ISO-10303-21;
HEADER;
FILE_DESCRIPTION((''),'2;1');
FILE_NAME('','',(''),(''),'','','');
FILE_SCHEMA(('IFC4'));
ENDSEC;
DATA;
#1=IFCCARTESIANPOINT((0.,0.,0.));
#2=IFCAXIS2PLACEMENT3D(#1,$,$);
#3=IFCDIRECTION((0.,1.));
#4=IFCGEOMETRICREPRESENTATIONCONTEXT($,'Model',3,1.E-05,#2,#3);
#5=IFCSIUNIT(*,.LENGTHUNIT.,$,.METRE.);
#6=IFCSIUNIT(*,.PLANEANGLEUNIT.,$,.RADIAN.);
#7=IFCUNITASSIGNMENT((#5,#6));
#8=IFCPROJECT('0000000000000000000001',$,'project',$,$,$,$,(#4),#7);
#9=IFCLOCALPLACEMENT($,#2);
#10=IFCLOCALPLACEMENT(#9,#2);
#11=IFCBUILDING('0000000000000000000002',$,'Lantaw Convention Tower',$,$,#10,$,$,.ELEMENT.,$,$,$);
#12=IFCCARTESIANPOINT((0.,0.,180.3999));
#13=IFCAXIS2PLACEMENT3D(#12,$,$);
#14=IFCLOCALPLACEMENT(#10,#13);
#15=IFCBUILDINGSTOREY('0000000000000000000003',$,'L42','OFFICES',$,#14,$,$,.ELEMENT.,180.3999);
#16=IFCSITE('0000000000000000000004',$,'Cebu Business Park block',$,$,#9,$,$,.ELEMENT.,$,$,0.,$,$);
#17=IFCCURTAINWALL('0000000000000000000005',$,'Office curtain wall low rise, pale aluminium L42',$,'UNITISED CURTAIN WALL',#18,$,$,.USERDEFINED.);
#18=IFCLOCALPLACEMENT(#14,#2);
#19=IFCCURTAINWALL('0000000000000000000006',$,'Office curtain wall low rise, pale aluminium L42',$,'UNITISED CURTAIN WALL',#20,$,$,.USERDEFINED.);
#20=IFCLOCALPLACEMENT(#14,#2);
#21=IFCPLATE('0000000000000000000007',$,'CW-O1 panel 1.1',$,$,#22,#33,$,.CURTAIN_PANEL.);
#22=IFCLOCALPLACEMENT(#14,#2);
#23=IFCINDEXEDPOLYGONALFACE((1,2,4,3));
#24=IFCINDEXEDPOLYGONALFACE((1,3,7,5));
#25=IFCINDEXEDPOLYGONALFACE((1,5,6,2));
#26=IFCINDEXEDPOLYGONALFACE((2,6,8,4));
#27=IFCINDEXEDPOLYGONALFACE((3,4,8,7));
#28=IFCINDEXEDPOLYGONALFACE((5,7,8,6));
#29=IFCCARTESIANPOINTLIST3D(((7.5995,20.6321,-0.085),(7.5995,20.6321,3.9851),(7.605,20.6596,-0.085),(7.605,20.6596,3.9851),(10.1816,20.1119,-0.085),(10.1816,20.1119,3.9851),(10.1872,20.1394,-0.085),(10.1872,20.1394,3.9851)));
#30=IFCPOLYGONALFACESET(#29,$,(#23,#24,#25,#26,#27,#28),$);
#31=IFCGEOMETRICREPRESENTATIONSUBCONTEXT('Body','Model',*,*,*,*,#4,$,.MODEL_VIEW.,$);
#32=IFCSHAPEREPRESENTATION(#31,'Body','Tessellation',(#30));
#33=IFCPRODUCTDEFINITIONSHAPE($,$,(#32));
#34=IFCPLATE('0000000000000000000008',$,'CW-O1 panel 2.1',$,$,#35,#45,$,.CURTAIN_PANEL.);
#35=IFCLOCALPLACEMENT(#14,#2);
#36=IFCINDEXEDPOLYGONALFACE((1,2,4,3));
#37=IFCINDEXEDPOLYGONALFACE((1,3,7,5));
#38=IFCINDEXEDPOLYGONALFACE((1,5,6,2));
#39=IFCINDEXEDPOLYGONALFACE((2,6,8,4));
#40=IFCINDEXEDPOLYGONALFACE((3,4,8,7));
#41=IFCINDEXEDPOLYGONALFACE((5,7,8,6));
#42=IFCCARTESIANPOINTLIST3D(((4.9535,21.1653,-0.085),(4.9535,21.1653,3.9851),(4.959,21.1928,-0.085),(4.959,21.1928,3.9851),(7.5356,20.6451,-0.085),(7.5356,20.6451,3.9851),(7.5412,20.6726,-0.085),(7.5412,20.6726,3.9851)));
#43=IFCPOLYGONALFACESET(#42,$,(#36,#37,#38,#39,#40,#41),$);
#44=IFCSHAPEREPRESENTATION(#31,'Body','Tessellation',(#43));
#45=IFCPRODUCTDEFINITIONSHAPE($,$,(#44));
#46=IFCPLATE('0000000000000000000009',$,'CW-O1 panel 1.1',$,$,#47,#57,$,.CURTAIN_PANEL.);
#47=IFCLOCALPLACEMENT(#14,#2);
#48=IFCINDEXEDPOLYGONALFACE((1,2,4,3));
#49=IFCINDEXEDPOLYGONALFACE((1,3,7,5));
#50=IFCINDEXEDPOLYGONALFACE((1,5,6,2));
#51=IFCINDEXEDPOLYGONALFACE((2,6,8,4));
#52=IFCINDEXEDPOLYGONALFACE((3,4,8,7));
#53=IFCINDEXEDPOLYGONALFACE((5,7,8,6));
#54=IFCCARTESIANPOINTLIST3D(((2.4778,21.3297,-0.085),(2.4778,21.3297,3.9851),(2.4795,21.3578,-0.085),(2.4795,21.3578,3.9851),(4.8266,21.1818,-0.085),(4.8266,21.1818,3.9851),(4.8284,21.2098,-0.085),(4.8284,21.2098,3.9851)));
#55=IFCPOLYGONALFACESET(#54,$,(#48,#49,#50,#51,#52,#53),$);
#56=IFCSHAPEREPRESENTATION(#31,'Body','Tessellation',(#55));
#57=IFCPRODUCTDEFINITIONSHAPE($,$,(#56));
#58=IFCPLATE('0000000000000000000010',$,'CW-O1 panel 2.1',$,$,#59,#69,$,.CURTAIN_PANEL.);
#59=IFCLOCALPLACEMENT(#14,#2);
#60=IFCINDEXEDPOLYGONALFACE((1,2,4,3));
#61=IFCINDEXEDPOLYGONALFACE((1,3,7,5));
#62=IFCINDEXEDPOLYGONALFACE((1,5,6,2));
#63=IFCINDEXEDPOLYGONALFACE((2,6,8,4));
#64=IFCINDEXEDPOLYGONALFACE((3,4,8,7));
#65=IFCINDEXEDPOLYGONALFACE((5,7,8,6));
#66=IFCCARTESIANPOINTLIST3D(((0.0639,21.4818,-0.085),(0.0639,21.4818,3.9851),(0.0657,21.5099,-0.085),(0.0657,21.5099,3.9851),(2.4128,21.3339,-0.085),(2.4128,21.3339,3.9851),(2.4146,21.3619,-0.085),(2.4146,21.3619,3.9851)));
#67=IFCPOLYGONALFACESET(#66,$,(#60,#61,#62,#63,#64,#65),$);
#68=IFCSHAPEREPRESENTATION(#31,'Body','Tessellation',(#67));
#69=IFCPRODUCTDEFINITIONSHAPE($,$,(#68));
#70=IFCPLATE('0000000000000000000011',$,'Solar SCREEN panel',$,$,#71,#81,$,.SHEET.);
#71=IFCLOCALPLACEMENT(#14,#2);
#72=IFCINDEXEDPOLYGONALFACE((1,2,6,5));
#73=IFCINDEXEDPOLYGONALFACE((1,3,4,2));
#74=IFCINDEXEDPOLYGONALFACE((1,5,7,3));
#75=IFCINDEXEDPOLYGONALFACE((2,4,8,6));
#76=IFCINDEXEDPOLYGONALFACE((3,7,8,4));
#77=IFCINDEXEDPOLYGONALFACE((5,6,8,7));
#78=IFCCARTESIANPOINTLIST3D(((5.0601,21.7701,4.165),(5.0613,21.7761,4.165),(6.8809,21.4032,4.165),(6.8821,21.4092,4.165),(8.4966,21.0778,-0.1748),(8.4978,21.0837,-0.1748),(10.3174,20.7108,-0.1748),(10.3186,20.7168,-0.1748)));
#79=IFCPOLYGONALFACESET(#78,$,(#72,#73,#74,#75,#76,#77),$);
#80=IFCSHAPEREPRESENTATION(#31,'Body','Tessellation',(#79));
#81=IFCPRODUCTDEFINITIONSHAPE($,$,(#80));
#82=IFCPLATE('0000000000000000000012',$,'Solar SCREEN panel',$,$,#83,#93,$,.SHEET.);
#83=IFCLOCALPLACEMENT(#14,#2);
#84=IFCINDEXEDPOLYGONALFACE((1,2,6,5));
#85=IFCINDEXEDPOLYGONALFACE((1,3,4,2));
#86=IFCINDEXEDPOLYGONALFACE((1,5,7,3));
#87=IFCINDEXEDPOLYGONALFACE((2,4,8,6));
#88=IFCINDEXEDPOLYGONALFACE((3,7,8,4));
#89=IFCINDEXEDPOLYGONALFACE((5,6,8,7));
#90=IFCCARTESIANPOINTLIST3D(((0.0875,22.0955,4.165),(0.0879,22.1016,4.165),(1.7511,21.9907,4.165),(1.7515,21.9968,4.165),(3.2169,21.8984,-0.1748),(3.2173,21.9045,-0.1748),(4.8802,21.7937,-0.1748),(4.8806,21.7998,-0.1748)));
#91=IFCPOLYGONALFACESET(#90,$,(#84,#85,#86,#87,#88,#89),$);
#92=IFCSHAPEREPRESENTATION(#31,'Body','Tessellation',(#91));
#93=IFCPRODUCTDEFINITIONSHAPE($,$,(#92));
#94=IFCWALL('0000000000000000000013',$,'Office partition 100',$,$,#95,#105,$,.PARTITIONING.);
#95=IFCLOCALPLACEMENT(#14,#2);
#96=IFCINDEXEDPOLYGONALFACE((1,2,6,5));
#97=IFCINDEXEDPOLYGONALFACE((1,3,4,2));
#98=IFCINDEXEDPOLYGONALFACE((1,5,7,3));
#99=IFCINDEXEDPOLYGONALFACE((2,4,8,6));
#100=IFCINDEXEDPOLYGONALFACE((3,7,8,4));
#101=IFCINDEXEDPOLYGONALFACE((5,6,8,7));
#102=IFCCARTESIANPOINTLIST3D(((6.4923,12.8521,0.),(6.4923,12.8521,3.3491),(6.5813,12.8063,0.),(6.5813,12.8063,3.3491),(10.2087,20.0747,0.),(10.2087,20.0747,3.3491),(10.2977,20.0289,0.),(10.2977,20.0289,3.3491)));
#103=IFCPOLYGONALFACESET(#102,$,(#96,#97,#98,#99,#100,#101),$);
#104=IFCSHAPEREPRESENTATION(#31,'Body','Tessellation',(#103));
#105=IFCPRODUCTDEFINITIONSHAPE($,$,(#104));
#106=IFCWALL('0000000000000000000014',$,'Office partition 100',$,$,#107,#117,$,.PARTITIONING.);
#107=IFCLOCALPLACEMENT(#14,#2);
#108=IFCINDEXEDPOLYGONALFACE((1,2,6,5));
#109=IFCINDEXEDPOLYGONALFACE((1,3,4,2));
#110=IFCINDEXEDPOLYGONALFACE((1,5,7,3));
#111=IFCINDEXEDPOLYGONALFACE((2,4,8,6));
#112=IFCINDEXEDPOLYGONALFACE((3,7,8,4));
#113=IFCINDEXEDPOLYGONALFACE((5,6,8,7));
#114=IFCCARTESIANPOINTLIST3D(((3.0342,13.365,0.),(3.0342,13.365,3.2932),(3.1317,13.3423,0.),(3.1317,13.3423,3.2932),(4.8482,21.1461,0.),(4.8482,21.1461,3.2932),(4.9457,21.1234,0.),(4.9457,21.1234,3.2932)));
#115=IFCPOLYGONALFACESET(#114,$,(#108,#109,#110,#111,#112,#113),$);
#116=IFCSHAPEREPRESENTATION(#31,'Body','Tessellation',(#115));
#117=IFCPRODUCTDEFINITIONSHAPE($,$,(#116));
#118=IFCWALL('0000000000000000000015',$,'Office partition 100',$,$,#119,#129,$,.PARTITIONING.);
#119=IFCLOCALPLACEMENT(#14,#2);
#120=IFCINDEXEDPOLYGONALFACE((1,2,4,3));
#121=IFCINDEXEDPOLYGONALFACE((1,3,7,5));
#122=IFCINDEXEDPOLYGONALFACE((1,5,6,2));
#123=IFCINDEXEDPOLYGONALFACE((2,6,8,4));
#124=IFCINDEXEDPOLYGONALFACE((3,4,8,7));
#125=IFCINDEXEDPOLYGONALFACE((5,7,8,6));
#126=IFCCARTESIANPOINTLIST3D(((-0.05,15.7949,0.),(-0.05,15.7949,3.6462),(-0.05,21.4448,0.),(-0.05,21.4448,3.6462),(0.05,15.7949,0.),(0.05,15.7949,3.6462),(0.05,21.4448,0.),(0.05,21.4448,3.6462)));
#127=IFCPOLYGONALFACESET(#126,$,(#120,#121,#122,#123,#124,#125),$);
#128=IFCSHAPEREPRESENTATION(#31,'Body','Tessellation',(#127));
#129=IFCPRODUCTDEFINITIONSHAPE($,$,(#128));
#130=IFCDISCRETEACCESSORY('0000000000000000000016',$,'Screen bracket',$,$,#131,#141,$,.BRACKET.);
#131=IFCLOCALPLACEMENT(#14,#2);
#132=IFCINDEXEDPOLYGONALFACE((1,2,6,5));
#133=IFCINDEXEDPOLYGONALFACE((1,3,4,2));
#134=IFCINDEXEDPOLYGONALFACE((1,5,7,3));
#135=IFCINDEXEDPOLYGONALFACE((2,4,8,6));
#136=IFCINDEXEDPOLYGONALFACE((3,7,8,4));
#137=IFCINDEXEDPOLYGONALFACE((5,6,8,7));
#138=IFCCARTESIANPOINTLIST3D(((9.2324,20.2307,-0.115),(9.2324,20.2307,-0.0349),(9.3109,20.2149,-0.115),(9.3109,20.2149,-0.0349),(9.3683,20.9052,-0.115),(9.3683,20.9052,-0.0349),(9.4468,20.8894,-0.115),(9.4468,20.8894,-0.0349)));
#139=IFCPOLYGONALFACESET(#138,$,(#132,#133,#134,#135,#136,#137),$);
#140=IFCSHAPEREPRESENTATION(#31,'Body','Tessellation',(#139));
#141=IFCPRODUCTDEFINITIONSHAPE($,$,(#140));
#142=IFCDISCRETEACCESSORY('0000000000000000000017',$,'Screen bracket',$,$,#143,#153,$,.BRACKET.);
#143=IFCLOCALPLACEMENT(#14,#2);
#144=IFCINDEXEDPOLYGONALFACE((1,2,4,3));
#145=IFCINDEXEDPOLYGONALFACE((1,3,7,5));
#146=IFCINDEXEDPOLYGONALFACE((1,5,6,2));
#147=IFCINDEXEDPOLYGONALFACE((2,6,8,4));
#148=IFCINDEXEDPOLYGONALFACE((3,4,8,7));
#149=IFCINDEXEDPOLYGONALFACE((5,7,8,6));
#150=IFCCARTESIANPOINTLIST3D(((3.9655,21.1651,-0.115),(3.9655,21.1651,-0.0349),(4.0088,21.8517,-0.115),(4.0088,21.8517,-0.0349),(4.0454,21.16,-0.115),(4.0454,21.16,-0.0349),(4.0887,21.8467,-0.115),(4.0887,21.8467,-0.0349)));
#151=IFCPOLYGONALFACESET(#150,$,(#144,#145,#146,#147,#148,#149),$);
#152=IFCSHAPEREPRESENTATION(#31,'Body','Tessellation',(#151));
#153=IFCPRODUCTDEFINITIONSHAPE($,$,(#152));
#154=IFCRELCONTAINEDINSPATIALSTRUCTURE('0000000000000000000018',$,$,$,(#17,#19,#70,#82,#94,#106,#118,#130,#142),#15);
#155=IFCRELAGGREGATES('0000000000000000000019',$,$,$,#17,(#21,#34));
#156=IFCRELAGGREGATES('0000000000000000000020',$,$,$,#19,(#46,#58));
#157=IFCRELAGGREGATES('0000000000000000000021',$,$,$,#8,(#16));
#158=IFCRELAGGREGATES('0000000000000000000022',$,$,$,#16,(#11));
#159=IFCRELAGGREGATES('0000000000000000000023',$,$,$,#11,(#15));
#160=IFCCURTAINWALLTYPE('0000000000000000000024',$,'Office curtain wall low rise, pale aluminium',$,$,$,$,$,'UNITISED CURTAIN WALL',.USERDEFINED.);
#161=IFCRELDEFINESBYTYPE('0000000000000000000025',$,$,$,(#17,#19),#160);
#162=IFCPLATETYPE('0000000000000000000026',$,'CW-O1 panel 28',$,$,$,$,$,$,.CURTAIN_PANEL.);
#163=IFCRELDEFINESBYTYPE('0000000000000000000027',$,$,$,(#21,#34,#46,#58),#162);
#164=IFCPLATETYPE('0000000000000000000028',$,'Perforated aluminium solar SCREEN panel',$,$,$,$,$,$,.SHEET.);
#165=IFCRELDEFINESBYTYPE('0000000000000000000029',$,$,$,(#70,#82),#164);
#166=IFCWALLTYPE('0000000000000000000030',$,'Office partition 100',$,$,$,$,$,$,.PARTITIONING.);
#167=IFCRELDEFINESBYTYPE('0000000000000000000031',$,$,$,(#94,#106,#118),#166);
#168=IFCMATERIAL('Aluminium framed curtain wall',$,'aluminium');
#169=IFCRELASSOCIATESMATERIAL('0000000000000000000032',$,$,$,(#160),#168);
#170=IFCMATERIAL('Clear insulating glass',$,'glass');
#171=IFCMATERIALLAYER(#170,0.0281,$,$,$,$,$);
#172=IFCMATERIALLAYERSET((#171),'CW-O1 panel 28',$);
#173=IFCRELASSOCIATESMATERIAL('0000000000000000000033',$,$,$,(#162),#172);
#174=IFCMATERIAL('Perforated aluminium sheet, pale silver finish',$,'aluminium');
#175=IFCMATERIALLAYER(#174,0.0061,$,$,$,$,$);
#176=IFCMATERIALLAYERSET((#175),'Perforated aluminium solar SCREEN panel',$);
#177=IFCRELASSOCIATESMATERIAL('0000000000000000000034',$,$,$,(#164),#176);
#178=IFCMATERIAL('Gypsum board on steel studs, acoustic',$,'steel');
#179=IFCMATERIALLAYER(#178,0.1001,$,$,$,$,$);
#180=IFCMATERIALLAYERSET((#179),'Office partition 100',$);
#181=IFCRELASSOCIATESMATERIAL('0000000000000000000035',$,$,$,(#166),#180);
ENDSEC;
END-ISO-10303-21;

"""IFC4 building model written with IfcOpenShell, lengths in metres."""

from ifc_helpers import new_model, si_unit, direction, frame, frame_2d, origin, origin_2d, place, context, subcontext, project, spatial, polyline, rectangle, outline, extrude, material, layer, layer_set, type_object, element, aggregate, save


model = new_model("IFC4")

# Units and contexts
model_context = context("Model", 3, precision=1e-05, world=origin(), true_north=direction((0.0, 1.0)))
body_context = subcontext(model_context, "Body", "Model", "MODEL_VIEW")
ifc_project = project(units=[si_unit("LENGTHUNIT", "METRE"), si_unit("PLANEANGLEUNIT", "RADIAN")], contexts=[model_context])

# Site, building, storey
site_placement = place(None, origin())
site = spatial("IfcSite", under=ifc_project, at=site_placement, Name="Cebu Business Park block", CompositionType="ELEMENT", RefElevation=0.0)
building_placement = place(site_placement, origin())
building = spatial("IfcBuilding", under=site, at=building_placement, Name="Lantaw Convention Tower", CompositionType="ELEMENT")
storey_placement = place(building_placement, frame((0.0, 0.0, 180.3999)))
storey = spatial("IfcBuildingStorey", under=building, at=storey_placement, Name="L42", Description="OFFICES", CompositionType="ELEMENT", Elevation=180.3999)

# Shared definitions
ifc_material_1 = material(Name="Aluminium framed curtain wall", Category="aluminium")
curtain_wall_type = type_object("IfcCurtainWallType", Name="Office curtain wall low rise, pale aluminium", ElementType="UNITISED CURTAIN WALL", PredefinedType="USERDEFINED", material=ifc_material_1)

# Curtain walls
curtain_wall_1_placement = place(storey_placement, origin())
curtain_wall_1 = element("IfcCurtainWall", 1, at=curtain_wall_1_placement, inside=storey, type_object=curtain_wall_type, Name="Office curtain wall low rise, pale aluminium L42", ObjectType="UNITISED CURTAIN WALL", PredefinedType="USERDEFINED")
curtain_wall_2_placement = place(storey_placement, origin())
curtain_wall_2 = element("IfcCurtainWall", 2, at=curtain_wall_2_placement, inside=storey, type_object=curtain_wall_type, Name="Office curtain wall low rise, pale aluminium L42", ObjectType="UNITISED CURTAIN WALL", PredefinedType="USERDEFINED")

# Plates
ifc_material_2 = material(Name="Clear insulating glass", Category="glass")
ifc_layer_1 = layer(ifc_material_2, 0.0281)
ifc_layer_set_1 = layer_set([ifc_layer_1], Name="CW-O1 panel 28")
plate_type_1 = type_object("IfcPlateType", Name="CW-O1 panel 28", PredefinedType="CURTAIN_PANEL", material=ifc_layer_set_1)
plate_1_placement = place(storey_placement, frame((8.8933, 20.3857, -0.085), z_axis=(0.0, 0.0, 1.0), x_axis=(-0.980302, 0.197507, 0.0)))
plate_1 = element("IfcPlate", 3, at=plate_1_placement, type_object=plate_type_1, Name="CW-O1 panel 1.1", PredefinedType="CURTAIN_PANEL", context=body_context, shape_type="SweptSolid", body=[
    extrude(rectangle(XDim=2.634, YDim=0.0281, at=origin_2d()), origin(), (0.0, 0.0, 1.0), 4.0701),
])
plate_2_placement = place(storey_placement, frame((6.2473, 20.9189, -0.085), z_axis=(0.0, 0.0, 1.0), x_axis=(-0.980302, 0.197507, 0.0)))
plate_2 = element("IfcPlate", 4, at=plate_2_placement, type_object=plate_type_1, Name="CW-O1 panel 2.1", PredefinedType="CURTAIN_PANEL", context=body_context, shape_type="SweptSolid", body=[
    extrude(rectangle(XDim=2.634, YDim=0.0281, at=origin_2d()), origin(), (0.0, 0.0, 1.0), 4.0701),
])
aggregate(curtain_wall_1, [plate_1, plate_2])
plate_3_placement = place(storey_placement, frame((3.6531, 21.2698, -0.085), z_axis=(0.0, 0.0, 1.0), x_axis=(-0.998022, 0.062865, 0.0)))
plate_3 = element("IfcPlate", 5, at=plate_3_placement, type_object=plate_type_1, Name="CW-O1 panel 1.1", PredefinedType="CURTAIN_PANEL", context=body_context, shape_type="SweptSolid", body=[
    extrude(rectangle(XDim=2.3535, YDim=0.0281, at=origin_2d()), origin(), (0.0, 0.0, 1.0), 4.0701),
])
plate_4_placement = place(storey_placement, frame((1.2393, 21.4219, -0.085), z_axis=(0.0, 0.0, 1.0), x_axis=(-0.998022, 0.062865, 0.0)))
plate_4 = element("IfcPlate", 6, at=plate_4_placement, type_object=plate_type_1, Name="CW-O1 panel 2.1", PredefinedType="CURTAIN_PANEL", context=body_context, shape_type="SweptSolid", body=[
    extrude(rectangle(XDim=2.3535, YDim=0.0281, at=origin_2d()), origin(), (0.0, 0.0, 1.0), 4.0701),
])
aggregate(curtain_wall_2, [plate_3, plate_4])

# Plates
ifc_material_3 = material(Name="Perforated aluminium sheet, pale silver finish", Category="aluminium")
ifc_layer_2 = layer(ifc_material_3, 0.0061)
ifc_layer_set_2 = layer_set([ifc_layer_2], Name="Perforated aluminium solar SCREEN panel")
plate_type_2 = type_object("IfcPlateType", Name="Perforated aluminium solar SCREEN panel", PredefinedType="SHEET", material=ifc_layer_set_2)
plate_5_placement = place(storey_placement, frame((10.3186, 20.7168, -0.1748), z_axis=(0.197557, 0.980291, 0.000039), x_axis=(-0.980291, 0.197557, 0.0)))
element("IfcPlate", 7, at=plate_5_placement, inside=storey, type_object=plate_type_2, Name="Solar SCREEN panel", PredefinedType="SHEET", context=body_context, shape_type="SweptSolid", body=[
    extrude(outline(polyline([(0.0, 0.0), (1.8574, 0.0), (5.363, 4.3398), (3.5056, 4.3398), (0.0, 0.0)])), origin(), (0.0, 0.0, -1.0), 0.0061),
])
plate_6_placement = place(storey_placement, frame((4.8806, 21.7998, -0.1748), z_axis=(0.062839, 0.998024, 0.000002), x_axis=(-0.998024, 0.062839, 0.0)))
element("IfcPlate", 8, at=plate_6_placement, inside=storey, type_object=plate_type_2, Name="Solar SCREEN panel", PredefinedType="SHEET", context=body_context, shape_type="SweptSolid", body=[
    extrude(outline(polyline([(0.0, 0.0), (1.6666, 0.0), (4.8022, 4.3398), (3.1353, 4.3398), (0.0, 0.0)])), origin(), (0.0, 0.0, -1.0), 0.0061),
])

# Walls
ifc_material_4 = material(Name="Gypsum board on steel studs, acoustic", Category="steel")
ifc_layer_3 = layer(ifc_material_4, 0.1001)
ifc_layer_set_3 = layer_set([ifc_layer_3], Name="Office partition 100")
wall_type = type_object("IfcWallType", Name="Office partition 100", PredefinedType="PARTITIONING", material=ifc_layer_set_3)
wall_1_placement = place(storey_placement, frame((10.2532, 20.0518, 0.0), z_axis=(0.0, 0.0, 1.0), x_axis=(-0.457535, -0.889191, 0.0)))
element("IfcWall", 9, at=wall_1_placement, inside=storey, type_object=wall_type, Name="Office partition 100", PredefinedType="PARTITIONING", context=body_context, shape_type="SweptSolid", body=[
    extrude(rectangle(XDim=8.1226, YDim=0.1001, at=frame_2d((4.0613, 0.0))), origin(), (0.0, 0.0, 1.0), 3.3491),
])
wall_2_placement = place(storey_placement, frame((4.897, 21.1348, 0.0), z_axis=(0.0, 0.0, 1.0), x_axis=(-0.227039, -0.973886, 0.0)))
element("IfcWall", 10, at=wall_2_placement, inside=storey, type_object=wall_type, Name="Office partition 100", PredefinedType="PARTITIONING", context=body_context, shape_type="SweptSolid", body=[
    extrude(rectangle(XDim=7.9897, YDim=0.1001, at=frame_2d((3.9949, 0.0))), origin(), (0.0, 0.0, 1.0), 3.2932),
])
wall_3_placement = place(storey_placement, frame((0.0, 21.4448, 0.0), z_axis=(0.0, 0.0, 1.0), x_axis=(0.0, -1.0, 0.0)))
element("IfcWall", 11, at=wall_3_placement, inside=storey, type_object=wall_type, Name="Office partition 100", PredefinedType="PARTITIONING", context=body_context, shape_type="SweptSolid", body=[
    extrude(rectangle(XDim=5.6499, YDim=0.1001, at=frame_2d((2.825, 0.0))), origin(), (0.0, 0.0, 1.0), 3.6462),
])

# Discrete accessories
for number, where, z_axis, x_axis, name in (
    (12, (9.3396, 20.5601, -0.115), (0.0, 0.0, 1.0), (-0.980302, 0.197507, 0.0), "Screen bracket"),
    (13, (4.0271, 21.5059, -0.115), (0.0, 0.0, 1.0), (-0.998022, 0.062865, 0.0), "Screen bracket"),
):
    element("IfcDiscreteAccessory", number, at=place(storey_placement, frame(where, z_axis=z_axis, x_axis=x_axis)), inside=storey, Name=name, PredefinedType="BRACKET", context=body_context, shape_type="SweptSolid", body=[
        extrude(rectangle(XDim=0.0801, YDim=0.688, at=origin_2d()), origin(), (0.0, 0.0, 1.0), 0.0801),
    ])

save(model, "model.ifc")
